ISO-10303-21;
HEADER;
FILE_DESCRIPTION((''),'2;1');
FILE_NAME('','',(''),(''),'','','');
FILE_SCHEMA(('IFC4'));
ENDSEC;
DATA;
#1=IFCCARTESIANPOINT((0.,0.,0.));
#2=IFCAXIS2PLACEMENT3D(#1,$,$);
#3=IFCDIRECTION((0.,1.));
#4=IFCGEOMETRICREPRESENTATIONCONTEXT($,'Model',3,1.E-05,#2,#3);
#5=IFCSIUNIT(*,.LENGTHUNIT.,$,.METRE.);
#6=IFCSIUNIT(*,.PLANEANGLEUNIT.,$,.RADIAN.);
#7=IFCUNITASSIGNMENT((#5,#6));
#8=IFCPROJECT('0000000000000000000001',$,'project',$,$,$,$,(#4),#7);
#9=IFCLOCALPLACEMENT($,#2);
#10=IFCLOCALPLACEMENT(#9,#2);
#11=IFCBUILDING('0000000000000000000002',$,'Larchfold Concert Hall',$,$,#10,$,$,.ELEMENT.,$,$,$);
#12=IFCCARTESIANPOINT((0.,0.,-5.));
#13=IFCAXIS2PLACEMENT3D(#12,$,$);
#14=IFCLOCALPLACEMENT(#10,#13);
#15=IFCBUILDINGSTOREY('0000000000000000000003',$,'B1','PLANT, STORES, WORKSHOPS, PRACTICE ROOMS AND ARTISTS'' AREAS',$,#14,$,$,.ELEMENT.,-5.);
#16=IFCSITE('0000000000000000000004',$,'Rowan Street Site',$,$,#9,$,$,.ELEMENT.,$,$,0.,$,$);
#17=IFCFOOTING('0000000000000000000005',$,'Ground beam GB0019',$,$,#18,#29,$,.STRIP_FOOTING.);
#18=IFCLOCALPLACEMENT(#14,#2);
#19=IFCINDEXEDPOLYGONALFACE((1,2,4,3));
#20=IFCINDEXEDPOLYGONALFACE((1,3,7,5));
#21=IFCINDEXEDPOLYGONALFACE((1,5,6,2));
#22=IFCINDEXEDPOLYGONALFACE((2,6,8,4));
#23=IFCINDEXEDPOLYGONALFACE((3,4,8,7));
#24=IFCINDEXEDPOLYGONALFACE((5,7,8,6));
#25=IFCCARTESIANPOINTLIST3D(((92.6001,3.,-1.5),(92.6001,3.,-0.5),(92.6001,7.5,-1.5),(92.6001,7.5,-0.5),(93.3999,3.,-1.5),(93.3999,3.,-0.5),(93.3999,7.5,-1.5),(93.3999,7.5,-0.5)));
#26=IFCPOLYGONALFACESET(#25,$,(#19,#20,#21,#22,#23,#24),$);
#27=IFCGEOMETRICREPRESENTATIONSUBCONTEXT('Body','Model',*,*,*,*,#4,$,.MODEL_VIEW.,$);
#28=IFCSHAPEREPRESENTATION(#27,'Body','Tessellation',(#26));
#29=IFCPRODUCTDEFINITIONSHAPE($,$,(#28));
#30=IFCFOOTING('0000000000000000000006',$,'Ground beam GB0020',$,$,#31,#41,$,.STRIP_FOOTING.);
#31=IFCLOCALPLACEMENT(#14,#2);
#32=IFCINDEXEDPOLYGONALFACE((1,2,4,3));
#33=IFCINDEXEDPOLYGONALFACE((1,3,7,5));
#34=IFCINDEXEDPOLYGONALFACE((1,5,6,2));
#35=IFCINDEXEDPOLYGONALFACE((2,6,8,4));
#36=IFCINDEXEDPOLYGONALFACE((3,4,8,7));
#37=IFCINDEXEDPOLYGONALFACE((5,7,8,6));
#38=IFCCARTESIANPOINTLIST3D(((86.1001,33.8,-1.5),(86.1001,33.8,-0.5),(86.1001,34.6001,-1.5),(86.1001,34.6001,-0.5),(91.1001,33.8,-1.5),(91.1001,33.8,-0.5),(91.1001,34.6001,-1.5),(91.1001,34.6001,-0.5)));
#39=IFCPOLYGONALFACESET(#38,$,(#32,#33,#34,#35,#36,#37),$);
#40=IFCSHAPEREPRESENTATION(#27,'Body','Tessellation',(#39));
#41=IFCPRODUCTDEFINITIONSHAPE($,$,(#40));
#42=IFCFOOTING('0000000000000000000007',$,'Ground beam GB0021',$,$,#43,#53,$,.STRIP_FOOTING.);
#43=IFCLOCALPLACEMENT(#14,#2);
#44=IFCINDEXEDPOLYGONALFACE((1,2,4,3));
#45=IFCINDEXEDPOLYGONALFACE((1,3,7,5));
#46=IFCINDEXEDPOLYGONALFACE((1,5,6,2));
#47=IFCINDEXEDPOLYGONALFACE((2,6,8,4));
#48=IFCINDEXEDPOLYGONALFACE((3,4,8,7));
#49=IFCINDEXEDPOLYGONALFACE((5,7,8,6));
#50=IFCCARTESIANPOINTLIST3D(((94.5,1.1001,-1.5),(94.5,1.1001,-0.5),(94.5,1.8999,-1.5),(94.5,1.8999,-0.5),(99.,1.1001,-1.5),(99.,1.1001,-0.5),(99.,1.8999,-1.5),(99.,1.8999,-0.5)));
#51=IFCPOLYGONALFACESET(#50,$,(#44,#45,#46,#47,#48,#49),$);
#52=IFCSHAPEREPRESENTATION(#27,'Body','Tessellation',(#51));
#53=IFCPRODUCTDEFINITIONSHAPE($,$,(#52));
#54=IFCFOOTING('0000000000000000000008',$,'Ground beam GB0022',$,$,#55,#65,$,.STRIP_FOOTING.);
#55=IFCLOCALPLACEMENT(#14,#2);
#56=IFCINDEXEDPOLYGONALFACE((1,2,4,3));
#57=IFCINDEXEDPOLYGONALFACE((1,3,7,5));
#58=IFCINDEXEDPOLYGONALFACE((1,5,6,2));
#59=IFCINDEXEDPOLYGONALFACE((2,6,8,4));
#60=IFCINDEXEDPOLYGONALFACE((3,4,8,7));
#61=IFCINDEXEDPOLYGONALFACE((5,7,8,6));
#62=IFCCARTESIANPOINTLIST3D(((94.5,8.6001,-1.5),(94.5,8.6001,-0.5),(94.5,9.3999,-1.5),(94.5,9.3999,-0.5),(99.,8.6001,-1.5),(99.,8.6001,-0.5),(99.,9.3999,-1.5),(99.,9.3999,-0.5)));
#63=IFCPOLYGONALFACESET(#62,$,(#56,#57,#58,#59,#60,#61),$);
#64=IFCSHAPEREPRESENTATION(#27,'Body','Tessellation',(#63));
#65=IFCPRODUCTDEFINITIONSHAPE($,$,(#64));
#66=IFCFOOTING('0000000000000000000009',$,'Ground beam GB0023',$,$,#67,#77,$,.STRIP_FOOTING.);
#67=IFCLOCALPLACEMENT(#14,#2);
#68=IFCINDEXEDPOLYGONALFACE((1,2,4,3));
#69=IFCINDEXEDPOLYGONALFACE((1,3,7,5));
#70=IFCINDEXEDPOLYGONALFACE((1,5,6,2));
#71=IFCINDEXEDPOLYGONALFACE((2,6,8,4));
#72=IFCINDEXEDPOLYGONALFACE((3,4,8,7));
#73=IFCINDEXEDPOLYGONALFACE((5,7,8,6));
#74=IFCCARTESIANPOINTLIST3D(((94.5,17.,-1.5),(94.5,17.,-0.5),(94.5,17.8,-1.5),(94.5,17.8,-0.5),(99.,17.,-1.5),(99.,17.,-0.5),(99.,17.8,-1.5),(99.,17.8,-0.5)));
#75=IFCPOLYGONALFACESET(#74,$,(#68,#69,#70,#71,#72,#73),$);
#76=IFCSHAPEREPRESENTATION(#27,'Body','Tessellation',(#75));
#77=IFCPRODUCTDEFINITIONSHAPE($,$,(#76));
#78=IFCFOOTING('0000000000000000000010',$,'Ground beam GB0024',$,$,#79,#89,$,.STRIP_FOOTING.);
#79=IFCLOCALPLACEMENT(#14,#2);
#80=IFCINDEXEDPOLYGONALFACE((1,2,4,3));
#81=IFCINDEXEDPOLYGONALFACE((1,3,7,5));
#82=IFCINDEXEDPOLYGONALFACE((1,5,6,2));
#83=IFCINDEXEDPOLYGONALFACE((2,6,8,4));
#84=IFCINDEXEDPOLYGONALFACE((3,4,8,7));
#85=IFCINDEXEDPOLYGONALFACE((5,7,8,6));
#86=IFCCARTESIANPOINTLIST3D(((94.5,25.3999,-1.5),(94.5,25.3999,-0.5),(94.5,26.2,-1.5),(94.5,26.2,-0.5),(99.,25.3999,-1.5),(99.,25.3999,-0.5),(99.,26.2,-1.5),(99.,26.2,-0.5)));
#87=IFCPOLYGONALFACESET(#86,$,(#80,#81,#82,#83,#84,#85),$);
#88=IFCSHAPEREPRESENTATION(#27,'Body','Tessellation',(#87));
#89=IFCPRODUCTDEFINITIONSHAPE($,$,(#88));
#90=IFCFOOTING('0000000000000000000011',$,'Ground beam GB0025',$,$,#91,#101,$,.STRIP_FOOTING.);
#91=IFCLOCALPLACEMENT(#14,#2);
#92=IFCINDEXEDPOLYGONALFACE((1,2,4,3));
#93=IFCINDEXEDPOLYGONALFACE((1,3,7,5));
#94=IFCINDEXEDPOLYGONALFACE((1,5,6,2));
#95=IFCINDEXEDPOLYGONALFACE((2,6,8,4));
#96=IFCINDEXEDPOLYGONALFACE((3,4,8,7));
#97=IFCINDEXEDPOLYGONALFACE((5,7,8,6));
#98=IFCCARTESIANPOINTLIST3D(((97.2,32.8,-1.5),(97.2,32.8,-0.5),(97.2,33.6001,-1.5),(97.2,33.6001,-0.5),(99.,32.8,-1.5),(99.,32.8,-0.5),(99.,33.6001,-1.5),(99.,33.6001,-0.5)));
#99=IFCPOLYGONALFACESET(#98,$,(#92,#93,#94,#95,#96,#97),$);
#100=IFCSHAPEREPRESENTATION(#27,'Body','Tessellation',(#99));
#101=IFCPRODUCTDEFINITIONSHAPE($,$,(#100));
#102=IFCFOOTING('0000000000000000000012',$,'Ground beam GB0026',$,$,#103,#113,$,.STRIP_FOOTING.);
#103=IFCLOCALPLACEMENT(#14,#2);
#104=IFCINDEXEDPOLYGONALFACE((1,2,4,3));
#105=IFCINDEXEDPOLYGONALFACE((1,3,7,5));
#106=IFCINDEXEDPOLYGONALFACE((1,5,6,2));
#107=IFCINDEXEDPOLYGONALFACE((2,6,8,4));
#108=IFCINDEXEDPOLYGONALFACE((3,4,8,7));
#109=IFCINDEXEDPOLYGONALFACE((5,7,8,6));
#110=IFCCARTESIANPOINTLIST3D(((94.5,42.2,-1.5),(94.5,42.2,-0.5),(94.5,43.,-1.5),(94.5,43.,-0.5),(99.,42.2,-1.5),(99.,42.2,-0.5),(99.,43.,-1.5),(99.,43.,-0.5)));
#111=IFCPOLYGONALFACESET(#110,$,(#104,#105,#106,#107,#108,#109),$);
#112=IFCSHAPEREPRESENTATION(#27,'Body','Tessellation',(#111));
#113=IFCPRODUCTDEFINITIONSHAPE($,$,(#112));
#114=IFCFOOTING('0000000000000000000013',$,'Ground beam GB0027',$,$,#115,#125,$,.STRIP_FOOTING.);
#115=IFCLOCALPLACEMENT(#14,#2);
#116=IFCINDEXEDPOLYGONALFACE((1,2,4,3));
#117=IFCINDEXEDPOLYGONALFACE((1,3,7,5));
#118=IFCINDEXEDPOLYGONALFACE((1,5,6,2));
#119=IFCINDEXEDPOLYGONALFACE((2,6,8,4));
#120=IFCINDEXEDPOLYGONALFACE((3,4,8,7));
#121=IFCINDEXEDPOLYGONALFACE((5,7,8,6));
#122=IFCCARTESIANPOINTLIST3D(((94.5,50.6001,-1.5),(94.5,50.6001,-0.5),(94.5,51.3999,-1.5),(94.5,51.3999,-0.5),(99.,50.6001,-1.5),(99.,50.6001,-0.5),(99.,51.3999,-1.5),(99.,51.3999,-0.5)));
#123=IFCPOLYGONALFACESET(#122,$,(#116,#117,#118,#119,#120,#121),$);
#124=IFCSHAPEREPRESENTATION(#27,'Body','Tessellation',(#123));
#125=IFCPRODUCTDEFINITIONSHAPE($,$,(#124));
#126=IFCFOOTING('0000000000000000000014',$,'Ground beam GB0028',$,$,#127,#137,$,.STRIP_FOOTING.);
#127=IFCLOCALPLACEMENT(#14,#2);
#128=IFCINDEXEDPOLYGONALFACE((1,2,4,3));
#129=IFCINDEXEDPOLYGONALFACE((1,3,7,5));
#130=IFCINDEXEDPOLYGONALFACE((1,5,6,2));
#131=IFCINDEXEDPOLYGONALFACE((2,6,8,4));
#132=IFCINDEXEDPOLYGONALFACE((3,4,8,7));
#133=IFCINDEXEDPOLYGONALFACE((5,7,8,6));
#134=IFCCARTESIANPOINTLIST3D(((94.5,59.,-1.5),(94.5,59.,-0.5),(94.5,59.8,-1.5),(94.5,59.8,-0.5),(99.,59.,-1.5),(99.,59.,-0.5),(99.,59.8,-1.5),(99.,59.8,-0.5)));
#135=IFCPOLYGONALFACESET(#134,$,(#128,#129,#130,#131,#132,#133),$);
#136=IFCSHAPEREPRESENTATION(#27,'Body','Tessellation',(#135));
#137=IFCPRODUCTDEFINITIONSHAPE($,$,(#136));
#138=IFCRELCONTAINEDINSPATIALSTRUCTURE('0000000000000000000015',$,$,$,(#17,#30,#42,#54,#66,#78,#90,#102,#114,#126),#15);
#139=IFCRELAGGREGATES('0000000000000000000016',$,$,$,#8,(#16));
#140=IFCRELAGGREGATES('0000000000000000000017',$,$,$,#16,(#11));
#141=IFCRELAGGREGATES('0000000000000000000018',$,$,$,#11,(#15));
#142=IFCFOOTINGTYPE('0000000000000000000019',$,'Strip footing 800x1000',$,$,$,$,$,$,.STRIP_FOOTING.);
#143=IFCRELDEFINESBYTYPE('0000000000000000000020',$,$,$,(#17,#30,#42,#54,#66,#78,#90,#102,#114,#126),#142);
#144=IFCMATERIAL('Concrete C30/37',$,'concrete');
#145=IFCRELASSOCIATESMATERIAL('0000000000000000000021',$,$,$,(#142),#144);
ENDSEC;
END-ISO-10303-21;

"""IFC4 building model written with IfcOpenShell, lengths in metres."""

from ifc_helpers import new_model, si_unit, direction, frame, origin, place, context, subcontext, project, spatial, polyline, outline, extrude, material, type_object, element, save


model = new_model("IFC4")

# Units and contexts
model_context = context("Model", 3, precision=1e-05, world=origin(), true_north=direction((0.0, 1.0)))
body_context = subcontext(model_context, "Body", "Model", "MODEL_VIEW")
ifc_project = project(units=[si_unit("LENGTHUNIT", "METRE"), si_unit("PLANEANGLEUNIT", "RADIAN")], contexts=[model_context])

# Site, building, storey
site_placement = place(None, origin())
site = spatial("IfcSite", under=ifc_project, at=site_placement, Name="Rowan Street Site", CompositionType="ELEMENT", RefElevation=0.0)
building_placement = place(site_placement, origin())
building = spatial("IfcBuilding", under=site, at=building_placement, Name="Larchfold Concert Hall", CompositionType="ELEMENT")
storey_placement = place(building_placement, frame((0.0, 0.0, -5.0)))
storey = spatial("IfcBuildingStorey", under=building, at=storey_placement, Name="B1", Description="PLANT, STORES, WORKSHOPS, PRACTICE ROOMS AND ARTISTS' AREAS", CompositionType="ELEMENT", Elevation=-5.0)

# Footings
ifc_material_1 = material(Name="Concrete C30/37", Category="concrete")
footing_type_1 = type_object("IfcFootingType", Name="Strip footing 800x1000", PredefinedType="STRIP_FOOTING", material=ifc_material_1)
footing_1_placement = place(storey_placement, frame((0.0, 0.0, -1.5)))
element("IfcFooting", 1, at=footing_1_placement, inside=storey, type_object=footing_type_1, Name="Ground beam GB0019", PredefinedType="STRIP_FOOTING", context=body_context, shape_type="SweptSolid", body=[
    extrude(outline(polyline([(92.6001, 3.0), (93.3999, 3.0), (93.3999, 7.5), (92.6001, 7.5), (92.6001, 3.0)])), origin(), (0.0, 0.0, 1.0), 1.0),
])
footing_2_placement = place(storey_placement, frame((0.0, 0.0, -1.5)))
element("IfcFooting", 2, at=footing_2_placement, inside=storey, type_object=footing_type_1, Name="Ground beam GB0020", PredefinedType="STRIP_FOOTING", context=body_context, shape_type="SweptSolid", body=[
    extrude(outline(polyline([(86.1001, 34.6001), (86.1001, 33.8), (91.1001, 33.8), (91.1001, 34.6001), (86.1001, 34.6001)])), origin(), (0.0, 0.0, 1.0), 1.0),
])
footing_3_placement = place(storey_placement, frame((0.0, 0.0, -1.5)))
element("IfcFooting", 3, at=footing_3_placement, inside=storey, type_object=footing_type_1, Name="Ground beam GB0021", PredefinedType="STRIP_FOOTING", context=body_context, shape_type="SweptSolid", body=[
    extrude(outline(polyline([(94.5, 1.8999), (94.5, 1.1001), (99.0, 1.1001), (99.0, 1.8999), (94.5, 1.8999)])), origin(), (0.0, 0.0, 1.0), 1.0),
])
footing_4_placement = place(storey_placement, frame((0.0, 0.0, -1.5)))
element("IfcFooting", 4, at=footing_4_placement, inside=storey, type_object=footing_type_1, Name="Ground beam GB0022", PredefinedType="STRIP_FOOTING", context=body_context, shape_type="SweptSolid", body=[
    extrude(outline(polyline([(94.5, 9.3999), (94.5, 8.6001), (99.0, 8.6001), (99.0, 9.3999), (94.5, 9.3999)])), origin(), (0.0, 0.0, 1.0), 1.0),
])
footing_5_placement = place(storey_placement, frame((0.0, 0.0, -1.5)))
element("IfcFooting", 5, at=footing_5_placement, inside=storey, type_object=footing_type_1, Name="Ground beam GB0023", PredefinedType="STRIP_FOOTING", context=body_context, shape_type="SweptSolid", body=[
    extrude(outline(polyline([(94.5, 17.8), (94.5, 17.0), (99.0, 17.0), (99.0, 17.8), (94.5, 17.8)])), origin(), (0.0, 0.0, 1.0), 1.0),
])
footing_6_placement = place(storey_placement, frame((0.0, 0.0, -1.5)))
element("IfcFooting", 6, at=footing_6_placement, inside=storey, type_object=footing_type_1, Name="Ground beam GB0024", PredefinedType="STRIP_FOOTING", context=body_context, shape_type="SweptSolid", body=[
    extrude(outline(polyline([(94.5, 26.2), (94.5, 25.3999), (99.0, 25.3999), (99.0, 26.2), (94.5, 26.2)])), origin(), (0.0, 0.0, 1.0), 1.0),
])
footing_7_placement = place(storey_placement, frame((0.0, 0.0, -1.5)))
element("IfcFooting", 7, at=footing_7_placement, inside=storey, type_object=footing_type_1, Name="Ground beam GB0025", PredefinedType="STRIP_FOOTING", context=body_context, shape_type="SweptSolid", body=[
    extrude(outline(polyline([(97.2, 33.6001), (97.2, 32.8), (99.0, 32.8), (99.0, 33.6001), (97.2, 33.6001)])), origin(), (0.0, 0.0, 1.0), 1.0),
])
footing_8_placement = place(storey_placement, frame((0.0, 0.0, -1.5)))
element("IfcFooting", 8, at=footing_8_placement, inside=storey, type_object=footing_type_1, Name="Ground beam GB0026", PredefinedType="STRIP_FOOTING", context=body_context, shape_type="SweptSolid", body=[
    extrude(outline(polyline([(94.5, 43.0), (94.5, 42.2), (99.0, 42.2), (99.0, 43.0), (94.5, 43.0)])), origin(), (0.0, 0.0, 1.0), 1.0),
])
footing_9_placement = place(storey_placement, frame((0.0, 0.0, -1.5)))
element("IfcFooting", 9, at=footing_9_placement, inside=storey, type_object=footing_type_1, Name="Ground beam GB0027", PredefinedType="STRIP_FOOTING", context=body_context, shape_type="SweptSolid", body=[
    extrude(outline(polyline([(94.5, 51.3999), (94.5, 50.6001), (99.0, 50.6001), (99.0, 51.3999), (94.5, 51.3999)])), origin(), (0.0, 0.0, 1.0), 1.0),
])
footing_10_placement = place(storey_placement, frame((0.0, 0.0, -1.5)))
element("IfcFooting", 10, at=footing_10_placement, inside=storey, type_object=footing_type_1, Name="Ground beam GB0028", PredefinedType="STRIP_FOOTING", context=body_context, shape_type="SweptSolid", body=[
    extrude(outline(polyline([(94.5, 59.8), (94.5, 59.0), (99.0, 59.0), (99.0, 59.8), (94.5, 59.8)])), origin(), (0.0, 0.0, 1.0), 1.0),
])

save(model, "model.ifc")
